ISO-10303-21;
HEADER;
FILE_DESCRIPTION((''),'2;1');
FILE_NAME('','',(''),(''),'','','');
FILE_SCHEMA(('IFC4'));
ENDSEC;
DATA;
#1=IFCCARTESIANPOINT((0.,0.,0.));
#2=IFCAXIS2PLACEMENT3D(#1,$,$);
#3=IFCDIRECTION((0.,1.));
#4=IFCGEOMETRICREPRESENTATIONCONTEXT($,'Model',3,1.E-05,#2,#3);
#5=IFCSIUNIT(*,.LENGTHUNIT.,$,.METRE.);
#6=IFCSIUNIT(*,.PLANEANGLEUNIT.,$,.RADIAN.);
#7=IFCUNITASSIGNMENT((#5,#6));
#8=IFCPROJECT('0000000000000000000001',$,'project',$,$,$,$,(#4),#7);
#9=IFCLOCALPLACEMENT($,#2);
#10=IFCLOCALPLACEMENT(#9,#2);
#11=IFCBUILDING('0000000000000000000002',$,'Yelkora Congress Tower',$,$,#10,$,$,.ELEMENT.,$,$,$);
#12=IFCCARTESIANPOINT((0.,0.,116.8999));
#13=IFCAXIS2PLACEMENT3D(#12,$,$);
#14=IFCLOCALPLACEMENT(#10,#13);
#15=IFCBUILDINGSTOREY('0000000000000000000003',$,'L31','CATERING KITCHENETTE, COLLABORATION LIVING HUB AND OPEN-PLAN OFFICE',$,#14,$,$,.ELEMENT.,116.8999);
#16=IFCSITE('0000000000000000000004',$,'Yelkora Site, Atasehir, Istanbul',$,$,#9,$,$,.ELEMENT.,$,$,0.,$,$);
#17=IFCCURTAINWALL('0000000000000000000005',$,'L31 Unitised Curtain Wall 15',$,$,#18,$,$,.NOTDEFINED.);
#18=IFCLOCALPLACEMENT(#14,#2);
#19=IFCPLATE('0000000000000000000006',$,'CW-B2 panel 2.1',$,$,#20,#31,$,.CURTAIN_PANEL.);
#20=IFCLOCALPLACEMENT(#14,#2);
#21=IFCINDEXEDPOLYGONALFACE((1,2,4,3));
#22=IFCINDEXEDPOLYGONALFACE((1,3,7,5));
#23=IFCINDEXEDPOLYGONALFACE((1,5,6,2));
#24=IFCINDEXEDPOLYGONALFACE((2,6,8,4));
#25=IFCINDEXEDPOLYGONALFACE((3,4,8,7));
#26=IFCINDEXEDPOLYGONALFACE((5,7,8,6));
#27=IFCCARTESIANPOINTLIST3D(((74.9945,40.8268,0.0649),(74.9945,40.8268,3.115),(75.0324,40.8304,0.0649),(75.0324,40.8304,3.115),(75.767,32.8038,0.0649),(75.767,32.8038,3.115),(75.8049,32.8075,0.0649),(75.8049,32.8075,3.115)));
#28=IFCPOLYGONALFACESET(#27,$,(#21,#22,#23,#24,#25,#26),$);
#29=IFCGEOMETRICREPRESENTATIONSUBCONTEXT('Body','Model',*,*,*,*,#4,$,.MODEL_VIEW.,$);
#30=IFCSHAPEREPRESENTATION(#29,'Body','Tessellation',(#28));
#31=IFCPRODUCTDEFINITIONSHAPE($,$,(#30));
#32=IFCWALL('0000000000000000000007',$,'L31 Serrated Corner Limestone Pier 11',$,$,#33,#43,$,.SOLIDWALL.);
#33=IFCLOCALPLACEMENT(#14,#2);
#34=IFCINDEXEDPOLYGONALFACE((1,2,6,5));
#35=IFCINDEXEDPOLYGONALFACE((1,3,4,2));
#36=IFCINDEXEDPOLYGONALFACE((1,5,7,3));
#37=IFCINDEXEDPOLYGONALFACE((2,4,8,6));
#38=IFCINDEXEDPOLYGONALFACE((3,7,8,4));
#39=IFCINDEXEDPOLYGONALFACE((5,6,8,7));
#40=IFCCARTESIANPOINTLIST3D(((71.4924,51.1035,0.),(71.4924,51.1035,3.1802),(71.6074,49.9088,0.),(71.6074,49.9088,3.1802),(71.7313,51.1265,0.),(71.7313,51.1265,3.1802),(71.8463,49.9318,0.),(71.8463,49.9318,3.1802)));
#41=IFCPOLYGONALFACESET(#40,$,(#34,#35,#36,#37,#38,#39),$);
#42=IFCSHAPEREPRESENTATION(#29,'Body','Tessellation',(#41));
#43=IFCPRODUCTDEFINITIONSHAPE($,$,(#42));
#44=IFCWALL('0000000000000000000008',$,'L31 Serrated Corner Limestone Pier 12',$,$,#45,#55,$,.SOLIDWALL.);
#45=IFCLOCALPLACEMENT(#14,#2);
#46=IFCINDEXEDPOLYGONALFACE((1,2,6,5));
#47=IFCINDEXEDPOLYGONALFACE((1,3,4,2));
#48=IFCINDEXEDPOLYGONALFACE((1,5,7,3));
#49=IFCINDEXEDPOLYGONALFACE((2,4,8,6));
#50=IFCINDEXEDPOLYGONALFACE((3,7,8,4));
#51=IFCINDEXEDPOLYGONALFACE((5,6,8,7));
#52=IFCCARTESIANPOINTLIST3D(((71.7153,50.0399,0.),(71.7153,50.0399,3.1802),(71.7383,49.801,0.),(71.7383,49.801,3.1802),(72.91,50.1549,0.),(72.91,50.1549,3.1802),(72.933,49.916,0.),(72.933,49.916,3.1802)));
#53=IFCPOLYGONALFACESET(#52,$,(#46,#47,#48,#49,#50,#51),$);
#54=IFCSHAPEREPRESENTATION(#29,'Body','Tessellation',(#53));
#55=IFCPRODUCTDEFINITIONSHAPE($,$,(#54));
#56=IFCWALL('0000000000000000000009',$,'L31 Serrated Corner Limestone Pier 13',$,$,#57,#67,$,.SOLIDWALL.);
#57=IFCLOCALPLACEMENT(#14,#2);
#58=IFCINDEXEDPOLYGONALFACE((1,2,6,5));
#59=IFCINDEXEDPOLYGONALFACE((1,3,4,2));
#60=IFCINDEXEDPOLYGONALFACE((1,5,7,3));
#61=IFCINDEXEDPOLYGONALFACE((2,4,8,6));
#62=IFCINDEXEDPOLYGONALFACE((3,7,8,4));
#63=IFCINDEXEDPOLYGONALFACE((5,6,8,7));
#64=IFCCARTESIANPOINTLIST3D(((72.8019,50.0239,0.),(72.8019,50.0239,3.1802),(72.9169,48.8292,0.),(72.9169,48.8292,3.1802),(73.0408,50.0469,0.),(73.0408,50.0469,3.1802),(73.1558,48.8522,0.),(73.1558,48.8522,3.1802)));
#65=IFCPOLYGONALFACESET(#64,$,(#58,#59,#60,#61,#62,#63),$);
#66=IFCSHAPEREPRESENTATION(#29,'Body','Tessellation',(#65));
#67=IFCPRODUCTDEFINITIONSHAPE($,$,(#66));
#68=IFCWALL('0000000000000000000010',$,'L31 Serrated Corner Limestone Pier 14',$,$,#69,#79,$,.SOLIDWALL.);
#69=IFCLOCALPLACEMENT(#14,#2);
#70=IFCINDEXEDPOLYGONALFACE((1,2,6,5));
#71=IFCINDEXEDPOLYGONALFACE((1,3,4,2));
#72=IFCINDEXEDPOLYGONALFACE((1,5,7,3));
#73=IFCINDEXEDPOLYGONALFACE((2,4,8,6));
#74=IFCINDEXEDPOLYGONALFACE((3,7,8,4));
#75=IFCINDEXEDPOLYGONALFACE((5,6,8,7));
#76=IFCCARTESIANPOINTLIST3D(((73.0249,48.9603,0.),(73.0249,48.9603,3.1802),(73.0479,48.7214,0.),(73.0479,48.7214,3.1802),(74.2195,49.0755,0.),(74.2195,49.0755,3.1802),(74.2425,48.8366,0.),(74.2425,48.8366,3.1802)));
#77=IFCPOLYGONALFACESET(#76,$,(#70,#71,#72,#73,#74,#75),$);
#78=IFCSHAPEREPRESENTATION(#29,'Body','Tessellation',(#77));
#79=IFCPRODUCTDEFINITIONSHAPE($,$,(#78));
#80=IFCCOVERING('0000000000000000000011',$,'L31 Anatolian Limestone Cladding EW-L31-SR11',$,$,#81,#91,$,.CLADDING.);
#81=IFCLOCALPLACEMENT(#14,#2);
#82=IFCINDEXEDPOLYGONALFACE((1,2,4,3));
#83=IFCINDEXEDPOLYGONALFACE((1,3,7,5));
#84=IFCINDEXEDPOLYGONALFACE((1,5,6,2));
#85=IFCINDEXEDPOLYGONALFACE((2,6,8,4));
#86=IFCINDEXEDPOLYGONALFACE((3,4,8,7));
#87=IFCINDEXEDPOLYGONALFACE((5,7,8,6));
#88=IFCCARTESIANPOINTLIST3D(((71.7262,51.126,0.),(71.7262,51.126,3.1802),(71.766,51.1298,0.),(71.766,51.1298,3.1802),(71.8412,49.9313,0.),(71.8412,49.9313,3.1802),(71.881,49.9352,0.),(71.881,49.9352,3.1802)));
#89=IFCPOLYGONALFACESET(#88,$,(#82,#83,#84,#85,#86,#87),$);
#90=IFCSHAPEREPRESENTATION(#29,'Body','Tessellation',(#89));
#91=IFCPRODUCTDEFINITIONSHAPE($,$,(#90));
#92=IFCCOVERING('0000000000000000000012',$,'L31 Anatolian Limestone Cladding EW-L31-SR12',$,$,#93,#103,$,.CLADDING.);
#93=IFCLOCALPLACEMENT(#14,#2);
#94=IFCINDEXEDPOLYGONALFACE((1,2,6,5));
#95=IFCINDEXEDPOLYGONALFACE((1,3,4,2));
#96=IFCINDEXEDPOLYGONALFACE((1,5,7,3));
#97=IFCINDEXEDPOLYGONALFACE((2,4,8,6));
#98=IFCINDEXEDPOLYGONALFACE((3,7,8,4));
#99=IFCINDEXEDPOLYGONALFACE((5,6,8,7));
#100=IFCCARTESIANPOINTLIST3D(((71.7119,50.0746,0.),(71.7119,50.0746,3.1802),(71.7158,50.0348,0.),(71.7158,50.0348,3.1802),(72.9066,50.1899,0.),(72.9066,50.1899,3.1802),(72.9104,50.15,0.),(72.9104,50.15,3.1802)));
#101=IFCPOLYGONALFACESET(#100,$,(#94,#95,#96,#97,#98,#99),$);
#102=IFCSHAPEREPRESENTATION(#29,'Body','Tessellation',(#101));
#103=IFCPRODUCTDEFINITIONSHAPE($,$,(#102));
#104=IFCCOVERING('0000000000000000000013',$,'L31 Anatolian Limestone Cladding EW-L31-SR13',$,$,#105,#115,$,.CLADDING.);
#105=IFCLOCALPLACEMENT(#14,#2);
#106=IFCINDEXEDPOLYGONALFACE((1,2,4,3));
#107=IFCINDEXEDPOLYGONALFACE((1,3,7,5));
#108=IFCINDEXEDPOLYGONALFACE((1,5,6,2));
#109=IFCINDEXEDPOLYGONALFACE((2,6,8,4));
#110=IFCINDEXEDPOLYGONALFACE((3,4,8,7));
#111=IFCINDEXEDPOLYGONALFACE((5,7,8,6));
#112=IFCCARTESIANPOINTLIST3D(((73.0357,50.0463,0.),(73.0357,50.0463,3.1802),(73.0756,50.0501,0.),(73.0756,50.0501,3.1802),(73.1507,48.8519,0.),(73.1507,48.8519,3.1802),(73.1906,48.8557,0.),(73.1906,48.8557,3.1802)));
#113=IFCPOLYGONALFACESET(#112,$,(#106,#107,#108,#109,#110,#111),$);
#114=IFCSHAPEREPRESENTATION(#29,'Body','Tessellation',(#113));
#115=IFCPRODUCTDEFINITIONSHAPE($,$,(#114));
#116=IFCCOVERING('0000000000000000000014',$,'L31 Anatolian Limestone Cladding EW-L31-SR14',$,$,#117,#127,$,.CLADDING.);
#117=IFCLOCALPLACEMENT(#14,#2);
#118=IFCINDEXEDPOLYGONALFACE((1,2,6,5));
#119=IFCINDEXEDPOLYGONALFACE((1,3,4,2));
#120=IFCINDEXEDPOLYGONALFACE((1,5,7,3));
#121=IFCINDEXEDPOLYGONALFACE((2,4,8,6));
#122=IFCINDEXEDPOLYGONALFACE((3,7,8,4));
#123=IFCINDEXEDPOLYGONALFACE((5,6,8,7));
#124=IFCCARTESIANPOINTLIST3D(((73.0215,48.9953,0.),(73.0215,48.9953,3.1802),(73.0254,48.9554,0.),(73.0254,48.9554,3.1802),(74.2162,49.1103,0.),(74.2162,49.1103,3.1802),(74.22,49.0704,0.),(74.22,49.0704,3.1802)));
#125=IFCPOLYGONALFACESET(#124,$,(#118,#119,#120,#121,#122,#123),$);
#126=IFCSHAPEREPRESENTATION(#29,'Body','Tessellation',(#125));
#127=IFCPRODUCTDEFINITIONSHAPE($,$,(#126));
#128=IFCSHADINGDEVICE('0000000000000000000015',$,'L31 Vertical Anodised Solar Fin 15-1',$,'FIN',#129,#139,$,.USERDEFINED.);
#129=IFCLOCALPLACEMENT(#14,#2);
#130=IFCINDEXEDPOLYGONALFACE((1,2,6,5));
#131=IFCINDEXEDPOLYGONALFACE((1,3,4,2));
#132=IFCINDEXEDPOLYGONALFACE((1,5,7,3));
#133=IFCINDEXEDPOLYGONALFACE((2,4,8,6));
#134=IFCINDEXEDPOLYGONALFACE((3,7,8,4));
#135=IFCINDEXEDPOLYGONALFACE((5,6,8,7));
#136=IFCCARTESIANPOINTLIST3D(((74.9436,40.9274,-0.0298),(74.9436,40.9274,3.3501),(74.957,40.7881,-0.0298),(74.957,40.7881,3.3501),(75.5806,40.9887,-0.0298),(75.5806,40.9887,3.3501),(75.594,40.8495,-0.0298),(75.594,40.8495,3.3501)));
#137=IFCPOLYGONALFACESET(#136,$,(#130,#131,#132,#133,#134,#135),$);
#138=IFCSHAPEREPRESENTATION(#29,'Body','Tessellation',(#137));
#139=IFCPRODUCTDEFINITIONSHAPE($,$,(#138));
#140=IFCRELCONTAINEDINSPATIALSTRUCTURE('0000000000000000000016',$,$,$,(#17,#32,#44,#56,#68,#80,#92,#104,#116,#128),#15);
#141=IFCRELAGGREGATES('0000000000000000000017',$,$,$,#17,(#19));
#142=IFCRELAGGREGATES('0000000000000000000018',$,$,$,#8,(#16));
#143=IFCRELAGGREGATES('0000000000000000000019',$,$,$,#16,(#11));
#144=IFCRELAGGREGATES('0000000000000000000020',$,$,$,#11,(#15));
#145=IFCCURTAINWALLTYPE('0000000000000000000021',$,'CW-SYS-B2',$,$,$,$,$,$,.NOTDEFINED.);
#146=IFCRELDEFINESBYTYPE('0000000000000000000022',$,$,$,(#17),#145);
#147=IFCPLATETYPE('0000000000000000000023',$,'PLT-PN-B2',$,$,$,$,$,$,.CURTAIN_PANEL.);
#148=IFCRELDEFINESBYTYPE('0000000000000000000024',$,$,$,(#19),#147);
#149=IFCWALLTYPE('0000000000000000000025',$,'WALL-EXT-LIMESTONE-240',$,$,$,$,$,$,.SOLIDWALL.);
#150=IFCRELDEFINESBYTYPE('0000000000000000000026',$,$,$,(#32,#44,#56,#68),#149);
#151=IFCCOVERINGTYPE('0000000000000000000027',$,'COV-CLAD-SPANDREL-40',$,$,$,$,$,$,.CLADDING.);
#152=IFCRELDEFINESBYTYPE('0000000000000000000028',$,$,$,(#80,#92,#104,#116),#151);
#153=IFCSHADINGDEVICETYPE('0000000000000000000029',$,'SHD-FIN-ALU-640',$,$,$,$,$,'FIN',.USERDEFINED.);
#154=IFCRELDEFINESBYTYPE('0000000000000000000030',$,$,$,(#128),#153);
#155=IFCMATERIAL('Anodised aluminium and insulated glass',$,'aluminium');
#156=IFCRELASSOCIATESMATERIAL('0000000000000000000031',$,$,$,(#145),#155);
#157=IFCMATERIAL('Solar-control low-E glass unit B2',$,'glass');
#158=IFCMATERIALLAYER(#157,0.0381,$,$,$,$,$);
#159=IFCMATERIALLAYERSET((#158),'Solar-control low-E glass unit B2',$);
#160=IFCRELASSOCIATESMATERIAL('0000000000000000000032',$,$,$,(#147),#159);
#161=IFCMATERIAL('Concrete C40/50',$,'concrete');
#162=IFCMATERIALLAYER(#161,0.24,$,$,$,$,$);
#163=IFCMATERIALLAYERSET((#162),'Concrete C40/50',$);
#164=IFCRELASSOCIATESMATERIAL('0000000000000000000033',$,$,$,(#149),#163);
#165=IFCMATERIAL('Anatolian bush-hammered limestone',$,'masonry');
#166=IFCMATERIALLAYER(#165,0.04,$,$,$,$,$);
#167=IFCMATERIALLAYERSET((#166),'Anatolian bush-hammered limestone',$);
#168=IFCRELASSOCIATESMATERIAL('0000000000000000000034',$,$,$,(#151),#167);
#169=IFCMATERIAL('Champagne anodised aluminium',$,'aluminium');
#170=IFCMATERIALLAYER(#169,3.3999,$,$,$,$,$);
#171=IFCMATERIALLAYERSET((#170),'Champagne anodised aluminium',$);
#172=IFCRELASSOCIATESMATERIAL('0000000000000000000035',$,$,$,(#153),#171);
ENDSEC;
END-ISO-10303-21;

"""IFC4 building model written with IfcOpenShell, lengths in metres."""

from ifc_helpers import new_model, si_unit, direction, frame, frame_2d, origin, origin_2d, place, context, subcontext, project, spatial, rectangle, extrude, material, layer, layer_set, type_object, element, aggregate, save


model = new_model("IFC4")

# Units and contexts
model_context = context("Model", 3, precision=1e-05, world=origin(), true_north=direction((0.0, 1.0)))
body_context = subcontext(model_context, "Body", "Model", "MODEL_VIEW")
ifc_project = project(units=[si_unit("LENGTHUNIT", "METRE"), si_unit("PLANEANGLEUNIT", "RADIAN")], contexts=[model_context])

# Site, building, storey
site_placement = place(None, origin())
site = spatial("IfcSite", under=ifc_project, at=site_placement, Name="Yelkora Site, Atasehir, Istanbul", CompositionType="ELEMENT", RefElevation=0.0)
building_placement = place(site_placement, origin())
building = spatial("IfcBuilding", under=site, at=building_placement, Name="Yelkora Congress Tower", CompositionType="ELEMENT")
storey_placement = place(building_placement, frame((0.0, 0.0, 116.8999)))
storey = spatial("IfcBuildingStorey", under=building, at=storey_placement, Name="L31", Description="CATERING KITCHENETTE, COLLABORATION LIVING HUB AND OPEN-PLAN OFFICE", CompositionType="ELEMENT", Elevation=116.8999)

# Shared definitions
ifc_material_1 = material(Name="Anodised aluminium and insulated glass", Category="aluminium")
curtain_wall_type = type_object("IfcCurtainWallType", Name="CW-SYS-B2", PredefinedType="NOTDEFINED", material=ifc_material_1)

# Curtain wall, plate
curtain_wall_1_placement = place(storey_placement, origin())
curtain_wall_1 = element("IfcCurtainWall", 1, at=curtain_wall_1_placement, inside=storey, type_object=curtain_wall_type, Name="L31 Unitised Curtain Wall 15", PredefinedType="NOTDEFINED")
ifc_material_2 = material(Name="Solar-control low-E glass unit B2", Category="glass")
ifc_layer_1 = layer(ifc_material_2, 0.0381)
ifc_layer_set_1 = layer_set([ifc_layer_1], Name="Solar-control low-E glass unit B2")
plate_type = type_object("IfcPlateType", Name="PLT-PN-B2", PredefinedType="CURTAIN_PANEL", material=ifc_layer_set_1)
plate_1_placement = place(storey_placement, frame((75.3997, 36.8171, 0.0649), z_axis=(0.0, 0.0, 1.0), x_axis=(0.095843, -0.995397, 0.0)))
plate_1 = element("IfcPlate", 2, at=plate_1_placement, type_object=plate_type, Name="CW-B2 panel 2.1", PredefinedType="CURTAIN_PANEL", context=body_context, shape_type="SweptSolid", body=[
    extrude(rectangle(XDim=8.0601, YDim=0.0381, at=origin_2d()), origin(), (0.0, 0.0, 1.0), 3.05),
])
aggregate(curtain_wall_1, [plate_1])

# Walls
ifc_material_3 = material(Name="Concrete C40/50", Category="concrete")
ifc_layer_2 = layer(ifc_material_3, 0.24)
ifc_layer_set_2 = layer_set([ifc_layer_2], Name="Concrete C40/50")
wall_type = type_object("IfcWallType", Name="WALL-EXT-LIMESTONE-240", PredefinedType="SOLIDWALL", material=ifc_layer_set_2)
for number, where, z_axis, x_axis, name in (
    (3, (71.6118, 51.115, 0.0), (0.0, 0.0, 1.0), (0.095817, -0.995399, 0.0), "L31 Serrated Corner Limestone Pier 11"),
    (4, (71.7268, 49.9204, 0.0), (0.0, 0.0, 1.0), (0.995399, 0.095817, 0.0), "L31 Serrated Corner Limestone Pier 12"),
    (5, (72.9214, 50.0354, 0.0), (0.0, 0.0, 1.0), (0.095817, -0.995399, 0.0), "L31 Serrated Corner Limestone Pier 13"),
    (6, (73.0364, 48.8408, 0.0), (0.0, 0.0, 1.0), (0.99538, 0.096019, 0.0), "L31 Serrated Corner Limestone Pier 14"),
):
    element("IfcWall", number, at=place(storey_placement, frame(where, z_axis=z_axis, x_axis=x_axis)), inside=storey, type_object=wall_type, Name=name, PredefinedType="SOLIDWALL", context=body_context, shape_type="SweptSolid", body=[
        extrude(rectangle(XDim=1.2002, YDim=0.24, at=frame_2d((0.6001, 0.0))), origin(), (0.0, 0.0, 1.0), 3.1802),
    ])

# Coverings
ifc_material_4 = material(Name="Anatolian bush-hammered limestone", Category="masonry")
ifc_layer_3 = layer(ifc_material_4, 0.04)
ifc_layer_set_3 = layer_set([ifc_layer_3], Name="Anatolian bush-hammered limestone")
covering_type = type_object("IfcCoveringType", Name="COV-CLAD-SPANDREL-40", PredefinedType="CLADDING", material=ifc_layer_set_3)
for number, where, z_axis, x_axis, name in (
    (7, (71.7461, 51.1279, 0.0), (0.0, 0.0, 1.0), (0.095817, -0.995399, 0.0), "L31 Anatolian Limestone Cladding EW-L31-SR11"),
    (8, (71.7139, 50.0547, 0.0), (0.0, 0.0, 1.0), (0.99538, 0.096019, 0.0), "L31 Anatolian Limestone Cladding EW-L31-SR12"),
):
    element("IfcCovering", number, at=place(storey_placement, frame(where, z_axis=z_axis, x_axis=x_axis)), inside=storey, type_object=covering_type, Name=name, PredefinedType="CLADDING", context=body_context, shape_type="SweptSolid", body=[
        extrude(rectangle(XDim=1.2002, YDim=0.04, at=frame_2d((0.6001, 0.0))), origin(), (0.0, 0.0, 1.0), 3.1802),
    ])
covering_1_placement = place(storey_placement, frame((73.0557, 50.0483, 0.0), z_axis=(0.0, 0.0, 1.0), x_axis=(0.095836, -0.995397, 0.0)))
element("IfcCovering", 9, at=covering_1_placement, inside=storey, type_object=covering_type, Name="L31 Anatolian Limestone Cladding EW-L31-SR13", PredefinedType="CLADDING", context=body_context, shape_type="SweptSolid", body=[
    extrude(rectangle(XDim=1.2, YDim=0.04, at=frame_2d((0.6001, 0.0))), origin(), (0.0, 0.0, 1.0), 3.1802),
])
covering_2_placement = place(storey_placement, frame((73.0234, 48.9753, 0.0), z_axis=(0.0, 0.0, 1.0), x_axis=(0.995399, 0.095817, 0.0)))
element("IfcCovering", 10, at=covering_2_placement, inside=storey, type_object=covering_type, Name="L31 Anatolian Limestone Cladding EW-L31-SR14", PredefinedType="CLADDING", context=body_context, shape_type="SweptSolid", body=[
    extrude(rectangle(XDim=1.2002, YDim=0.04, at=frame_2d((0.6001, 0.0))), origin(), (0.0, 0.0, 1.0), 3.1802),
])

# Shading device
ifc_material_5 = material(Name="Champagne anodised aluminium", Category="aluminium")
ifc_layer_4 = layer(ifc_material_5, 3.3999)
ifc_layer_set_4 = layer_set([ifc_layer_4], Name="Champagne anodised aluminium")
shading_device_type = type_object("IfcShadingDeviceType", Name="SHD-FIN-ALU-640", ElementType="FIN", PredefinedType="USERDEFINED", material=ifc_layer_set_4)
shading_device_placement = place(storey_placement, frame((75.2688, 40.8884, -0.0298), z_axis=(0.0, 0.0, 1.0), x_axis=(0.095846, -0.995396, 0.0)))
element("IfcShadingDevice", 11, at=shading_device_placement, inside=storey, type_object=shading_device_type, Name="L31 Vertical Anodised Solar Fin 15-1", ObjectType="FIN", PredefinedType="USERDEFINED", context=body_context, shape_type="SweptSolid", body=[
    extrude(rectangle(XDim=0.1399, YDim=0.6399, at=origin_2d()), origin(), (0.0, 0.0, 1.0), 3.3799),
])

save(model, "model.ifc")
